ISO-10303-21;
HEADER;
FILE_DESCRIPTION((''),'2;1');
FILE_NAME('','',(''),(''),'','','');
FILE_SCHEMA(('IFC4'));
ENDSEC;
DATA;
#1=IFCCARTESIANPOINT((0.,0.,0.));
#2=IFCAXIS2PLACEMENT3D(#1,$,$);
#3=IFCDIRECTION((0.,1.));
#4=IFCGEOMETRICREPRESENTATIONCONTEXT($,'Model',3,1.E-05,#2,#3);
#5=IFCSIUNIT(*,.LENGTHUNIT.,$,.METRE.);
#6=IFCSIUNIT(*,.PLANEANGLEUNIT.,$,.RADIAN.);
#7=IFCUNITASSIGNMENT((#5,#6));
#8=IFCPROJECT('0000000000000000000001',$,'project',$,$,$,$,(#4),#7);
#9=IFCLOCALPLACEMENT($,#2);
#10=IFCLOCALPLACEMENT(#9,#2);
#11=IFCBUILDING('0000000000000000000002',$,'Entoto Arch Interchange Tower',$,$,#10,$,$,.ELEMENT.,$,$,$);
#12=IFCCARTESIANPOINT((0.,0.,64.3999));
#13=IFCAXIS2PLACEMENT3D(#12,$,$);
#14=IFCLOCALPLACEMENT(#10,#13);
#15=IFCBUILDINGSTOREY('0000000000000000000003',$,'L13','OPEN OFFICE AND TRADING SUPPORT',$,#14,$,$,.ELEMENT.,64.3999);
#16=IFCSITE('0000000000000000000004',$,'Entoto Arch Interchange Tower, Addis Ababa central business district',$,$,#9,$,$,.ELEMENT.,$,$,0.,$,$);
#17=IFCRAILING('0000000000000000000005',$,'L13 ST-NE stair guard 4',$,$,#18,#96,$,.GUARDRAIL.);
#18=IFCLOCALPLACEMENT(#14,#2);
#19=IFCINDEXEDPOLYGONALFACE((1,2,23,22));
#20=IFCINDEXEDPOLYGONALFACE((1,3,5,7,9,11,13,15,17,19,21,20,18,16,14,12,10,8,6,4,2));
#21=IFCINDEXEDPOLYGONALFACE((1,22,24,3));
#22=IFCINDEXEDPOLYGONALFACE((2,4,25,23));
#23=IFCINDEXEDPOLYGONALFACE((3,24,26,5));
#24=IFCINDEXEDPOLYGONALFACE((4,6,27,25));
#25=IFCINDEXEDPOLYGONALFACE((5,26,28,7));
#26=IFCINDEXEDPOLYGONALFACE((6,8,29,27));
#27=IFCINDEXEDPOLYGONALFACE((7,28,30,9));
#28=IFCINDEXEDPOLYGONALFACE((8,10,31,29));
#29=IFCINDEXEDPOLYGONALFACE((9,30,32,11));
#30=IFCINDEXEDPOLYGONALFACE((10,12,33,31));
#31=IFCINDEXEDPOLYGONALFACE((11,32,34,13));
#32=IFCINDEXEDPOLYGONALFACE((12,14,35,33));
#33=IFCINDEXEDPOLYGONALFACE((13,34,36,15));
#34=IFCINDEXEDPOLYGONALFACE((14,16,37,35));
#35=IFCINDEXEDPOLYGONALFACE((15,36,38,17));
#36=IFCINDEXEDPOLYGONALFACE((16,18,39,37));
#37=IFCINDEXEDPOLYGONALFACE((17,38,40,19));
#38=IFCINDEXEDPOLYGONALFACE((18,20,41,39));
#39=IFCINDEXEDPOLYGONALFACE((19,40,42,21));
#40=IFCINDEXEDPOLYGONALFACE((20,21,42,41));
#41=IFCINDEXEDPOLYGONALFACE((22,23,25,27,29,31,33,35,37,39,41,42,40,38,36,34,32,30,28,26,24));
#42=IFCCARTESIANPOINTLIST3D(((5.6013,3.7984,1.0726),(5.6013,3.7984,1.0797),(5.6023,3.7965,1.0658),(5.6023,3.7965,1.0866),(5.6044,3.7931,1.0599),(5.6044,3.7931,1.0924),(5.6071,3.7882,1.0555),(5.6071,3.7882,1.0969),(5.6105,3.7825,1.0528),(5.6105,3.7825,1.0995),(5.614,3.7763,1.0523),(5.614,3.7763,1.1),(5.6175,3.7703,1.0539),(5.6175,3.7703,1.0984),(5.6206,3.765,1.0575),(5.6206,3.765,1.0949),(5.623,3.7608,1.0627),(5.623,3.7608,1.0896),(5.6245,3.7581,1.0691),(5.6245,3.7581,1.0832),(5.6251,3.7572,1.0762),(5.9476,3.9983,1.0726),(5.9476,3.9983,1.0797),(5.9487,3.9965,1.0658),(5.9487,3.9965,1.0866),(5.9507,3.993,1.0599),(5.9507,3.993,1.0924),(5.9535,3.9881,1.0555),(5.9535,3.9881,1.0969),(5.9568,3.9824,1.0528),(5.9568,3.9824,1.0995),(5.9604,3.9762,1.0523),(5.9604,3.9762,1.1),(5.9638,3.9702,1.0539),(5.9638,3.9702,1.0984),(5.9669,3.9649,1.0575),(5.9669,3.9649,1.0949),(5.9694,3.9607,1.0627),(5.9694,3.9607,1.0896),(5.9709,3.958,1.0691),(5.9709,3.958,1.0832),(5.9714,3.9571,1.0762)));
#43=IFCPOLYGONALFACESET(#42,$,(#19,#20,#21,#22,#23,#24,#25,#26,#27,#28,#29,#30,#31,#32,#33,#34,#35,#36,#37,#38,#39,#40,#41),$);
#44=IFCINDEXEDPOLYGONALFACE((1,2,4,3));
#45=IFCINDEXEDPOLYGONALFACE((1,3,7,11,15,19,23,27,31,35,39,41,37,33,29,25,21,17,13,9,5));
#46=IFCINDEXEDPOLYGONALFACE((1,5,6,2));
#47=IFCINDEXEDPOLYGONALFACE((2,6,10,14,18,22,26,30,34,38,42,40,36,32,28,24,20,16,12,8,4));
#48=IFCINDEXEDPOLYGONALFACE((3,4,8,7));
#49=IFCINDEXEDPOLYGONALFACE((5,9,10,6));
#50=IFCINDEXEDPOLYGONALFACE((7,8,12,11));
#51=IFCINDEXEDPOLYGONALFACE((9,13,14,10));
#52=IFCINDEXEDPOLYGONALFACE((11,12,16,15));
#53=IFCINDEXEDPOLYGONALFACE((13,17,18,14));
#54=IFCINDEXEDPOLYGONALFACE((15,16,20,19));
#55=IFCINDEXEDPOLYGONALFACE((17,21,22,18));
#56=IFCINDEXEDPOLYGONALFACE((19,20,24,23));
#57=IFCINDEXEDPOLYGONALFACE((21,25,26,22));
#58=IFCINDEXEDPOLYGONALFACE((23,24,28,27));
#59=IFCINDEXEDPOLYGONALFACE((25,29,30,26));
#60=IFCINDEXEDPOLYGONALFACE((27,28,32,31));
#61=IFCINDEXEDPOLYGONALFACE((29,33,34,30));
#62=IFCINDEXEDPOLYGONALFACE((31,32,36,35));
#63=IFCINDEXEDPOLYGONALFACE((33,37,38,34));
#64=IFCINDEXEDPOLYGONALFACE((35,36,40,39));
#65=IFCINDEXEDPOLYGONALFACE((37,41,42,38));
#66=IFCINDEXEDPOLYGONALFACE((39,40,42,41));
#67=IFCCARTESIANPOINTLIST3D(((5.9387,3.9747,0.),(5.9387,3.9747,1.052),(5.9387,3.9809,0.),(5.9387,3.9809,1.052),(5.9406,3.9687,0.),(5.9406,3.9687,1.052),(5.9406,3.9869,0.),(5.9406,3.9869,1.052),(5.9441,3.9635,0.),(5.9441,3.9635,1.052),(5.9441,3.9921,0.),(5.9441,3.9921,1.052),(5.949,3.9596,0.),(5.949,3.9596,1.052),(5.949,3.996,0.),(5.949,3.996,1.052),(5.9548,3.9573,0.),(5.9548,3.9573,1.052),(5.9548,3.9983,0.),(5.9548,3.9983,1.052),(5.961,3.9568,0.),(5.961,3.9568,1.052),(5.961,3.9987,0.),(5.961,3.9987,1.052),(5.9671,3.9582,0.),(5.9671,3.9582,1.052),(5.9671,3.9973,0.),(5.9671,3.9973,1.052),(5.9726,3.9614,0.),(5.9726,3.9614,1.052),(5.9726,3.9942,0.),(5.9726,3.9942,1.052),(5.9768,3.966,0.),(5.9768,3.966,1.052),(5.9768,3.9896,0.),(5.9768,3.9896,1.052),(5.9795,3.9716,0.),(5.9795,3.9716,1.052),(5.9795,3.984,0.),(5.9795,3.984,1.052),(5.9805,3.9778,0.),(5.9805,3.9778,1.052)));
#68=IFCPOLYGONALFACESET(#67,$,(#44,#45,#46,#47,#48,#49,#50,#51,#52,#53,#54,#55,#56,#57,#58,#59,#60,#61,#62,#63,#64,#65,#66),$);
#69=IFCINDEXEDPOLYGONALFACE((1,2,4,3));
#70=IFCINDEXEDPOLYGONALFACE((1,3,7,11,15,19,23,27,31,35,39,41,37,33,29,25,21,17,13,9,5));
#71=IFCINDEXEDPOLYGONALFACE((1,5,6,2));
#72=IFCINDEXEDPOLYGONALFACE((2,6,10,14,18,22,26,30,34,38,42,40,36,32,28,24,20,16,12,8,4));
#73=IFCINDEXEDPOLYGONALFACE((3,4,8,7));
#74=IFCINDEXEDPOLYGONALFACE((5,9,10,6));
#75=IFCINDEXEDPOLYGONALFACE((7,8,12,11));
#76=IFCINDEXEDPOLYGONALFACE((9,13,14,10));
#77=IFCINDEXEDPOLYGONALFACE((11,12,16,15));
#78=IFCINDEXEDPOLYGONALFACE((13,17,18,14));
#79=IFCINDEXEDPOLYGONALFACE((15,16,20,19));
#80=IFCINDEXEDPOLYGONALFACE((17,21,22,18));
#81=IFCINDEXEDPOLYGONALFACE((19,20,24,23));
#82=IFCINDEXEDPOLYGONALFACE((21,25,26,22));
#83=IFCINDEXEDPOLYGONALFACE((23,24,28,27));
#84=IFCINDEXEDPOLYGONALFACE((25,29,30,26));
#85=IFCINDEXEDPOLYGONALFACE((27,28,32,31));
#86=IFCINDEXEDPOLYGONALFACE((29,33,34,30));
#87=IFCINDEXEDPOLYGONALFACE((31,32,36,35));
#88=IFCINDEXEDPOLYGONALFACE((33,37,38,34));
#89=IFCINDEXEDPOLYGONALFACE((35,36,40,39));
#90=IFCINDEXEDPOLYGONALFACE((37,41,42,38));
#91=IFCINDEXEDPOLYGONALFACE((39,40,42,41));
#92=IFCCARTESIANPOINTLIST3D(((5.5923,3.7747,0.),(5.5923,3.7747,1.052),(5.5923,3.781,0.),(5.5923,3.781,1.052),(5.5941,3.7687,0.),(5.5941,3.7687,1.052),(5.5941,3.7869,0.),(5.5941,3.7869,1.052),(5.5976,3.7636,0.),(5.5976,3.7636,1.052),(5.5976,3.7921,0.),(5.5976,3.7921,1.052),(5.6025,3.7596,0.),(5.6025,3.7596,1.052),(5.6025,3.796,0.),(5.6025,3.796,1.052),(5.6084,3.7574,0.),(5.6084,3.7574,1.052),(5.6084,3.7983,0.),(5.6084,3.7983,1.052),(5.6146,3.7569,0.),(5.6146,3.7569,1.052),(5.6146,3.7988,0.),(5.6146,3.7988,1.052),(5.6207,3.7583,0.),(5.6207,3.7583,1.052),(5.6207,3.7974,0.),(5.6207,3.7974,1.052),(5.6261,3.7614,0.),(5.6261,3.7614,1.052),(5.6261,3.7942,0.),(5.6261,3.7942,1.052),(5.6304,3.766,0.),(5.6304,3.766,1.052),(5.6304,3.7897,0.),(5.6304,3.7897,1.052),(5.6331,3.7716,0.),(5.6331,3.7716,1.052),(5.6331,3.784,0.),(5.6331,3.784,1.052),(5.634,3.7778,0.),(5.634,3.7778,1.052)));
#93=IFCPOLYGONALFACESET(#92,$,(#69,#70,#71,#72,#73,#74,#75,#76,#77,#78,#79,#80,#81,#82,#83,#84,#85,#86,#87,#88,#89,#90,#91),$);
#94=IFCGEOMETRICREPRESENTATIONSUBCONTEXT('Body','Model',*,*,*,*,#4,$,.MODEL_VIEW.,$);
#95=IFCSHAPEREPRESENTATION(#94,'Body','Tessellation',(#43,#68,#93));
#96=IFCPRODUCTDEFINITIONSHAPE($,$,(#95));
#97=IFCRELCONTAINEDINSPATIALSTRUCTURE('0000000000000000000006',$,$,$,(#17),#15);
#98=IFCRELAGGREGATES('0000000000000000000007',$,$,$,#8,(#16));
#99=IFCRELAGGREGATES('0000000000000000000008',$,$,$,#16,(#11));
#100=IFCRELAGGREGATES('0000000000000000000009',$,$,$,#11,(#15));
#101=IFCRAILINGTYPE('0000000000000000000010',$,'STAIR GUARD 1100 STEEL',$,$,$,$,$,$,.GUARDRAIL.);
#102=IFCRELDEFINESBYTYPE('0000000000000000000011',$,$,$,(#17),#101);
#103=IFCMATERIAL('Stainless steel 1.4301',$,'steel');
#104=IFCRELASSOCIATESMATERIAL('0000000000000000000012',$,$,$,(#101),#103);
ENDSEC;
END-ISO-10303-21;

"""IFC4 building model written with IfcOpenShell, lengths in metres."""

from ifc_helpers import new_model, si_unit, direction, frame, origin, origin_2d, place, context, subcontext, project, spatial, circle, extrude, material, type_object, element, save


model = new_model("IFC4")

# Units and contexts
model_context = context("Model", 3, precision=1e-05, world=origin(), true_north=direction((0.0, 1.0)))
body_context = subcontext(model_context, "Body", "Model", "MODEL_VIEW")
ifc_project = project(units=[si_unit("LENGTHUNIT", "METRE"), si_unit("PLANEANGLEUNIT", "RADIAN")], contexts=[model_context])

# Site, building, storey
site_placement = place(None, origin())
site = spatial("IfcSite", under=ifc_project, at=site_placement, Name="Entoto Arch Interchange Tower, Addis Ababa central business district", CompositionType="ELEMENT", RefElevation=0.0)
building_placement = place(site_placement, origin())
building = spatial("IfcBuilding", under=site, at=building_placement, Name="Entoto Arch Interchange Tower", CompositionType="ELEMENT")
storey_placement = place(building_placement, frame((0.0, 0.0, 64.3999)))
storey = spatial("IfcBuildingStorey", under=building, at=storey_placement, Name="L13", Description="OPEN OFFICE AND TRADING SUPPORT", CompositionType="ELEMENT", Elevation=64.3999)

# Railing
ifc_material_1 = material(Name="Stainless steel 1.4301", Category="steel")
railing_type_1 = type_object("IfcRailingType", Name="STAIR GUARD 1100 STEEL", PredefinedType="GUARDRAIL", material=ifc_material_1)
railing_1_placement = place(storey_placement, frame((5.9595, 3.9778, 0.0)))
element("IfcRailing", 1, at=railing_1_placement, inside=storey, type_object=railing_type_1, Name="L13 ST-NE stair guard 4", PredefinedType="GUARDRAIL", context=body_context, shape_type="SweptSolid", body=[
    extrude(circle(Radius=0.0239, at=origin_2d()), frame((0.0, 0.0, 1.0762), z_axis=(-0.866094, -0.499881, 0.0), x_axis=(0.499881, -0.866094, 0.0)), (0.0, 0.0, 1.0), 0.3999),
    extrude(circle(Radius=0.021, at=origin_2d()), origin(), (0.0, 0.0, 1.0), 1.052),
    extrude(circle(Radius=0.021, at=origin_2d()), frame((-0.3464, -0.2, 0.0)), (0.0, 0.0, 1.0), 1.052),
])

save(model, "model.ifc")
